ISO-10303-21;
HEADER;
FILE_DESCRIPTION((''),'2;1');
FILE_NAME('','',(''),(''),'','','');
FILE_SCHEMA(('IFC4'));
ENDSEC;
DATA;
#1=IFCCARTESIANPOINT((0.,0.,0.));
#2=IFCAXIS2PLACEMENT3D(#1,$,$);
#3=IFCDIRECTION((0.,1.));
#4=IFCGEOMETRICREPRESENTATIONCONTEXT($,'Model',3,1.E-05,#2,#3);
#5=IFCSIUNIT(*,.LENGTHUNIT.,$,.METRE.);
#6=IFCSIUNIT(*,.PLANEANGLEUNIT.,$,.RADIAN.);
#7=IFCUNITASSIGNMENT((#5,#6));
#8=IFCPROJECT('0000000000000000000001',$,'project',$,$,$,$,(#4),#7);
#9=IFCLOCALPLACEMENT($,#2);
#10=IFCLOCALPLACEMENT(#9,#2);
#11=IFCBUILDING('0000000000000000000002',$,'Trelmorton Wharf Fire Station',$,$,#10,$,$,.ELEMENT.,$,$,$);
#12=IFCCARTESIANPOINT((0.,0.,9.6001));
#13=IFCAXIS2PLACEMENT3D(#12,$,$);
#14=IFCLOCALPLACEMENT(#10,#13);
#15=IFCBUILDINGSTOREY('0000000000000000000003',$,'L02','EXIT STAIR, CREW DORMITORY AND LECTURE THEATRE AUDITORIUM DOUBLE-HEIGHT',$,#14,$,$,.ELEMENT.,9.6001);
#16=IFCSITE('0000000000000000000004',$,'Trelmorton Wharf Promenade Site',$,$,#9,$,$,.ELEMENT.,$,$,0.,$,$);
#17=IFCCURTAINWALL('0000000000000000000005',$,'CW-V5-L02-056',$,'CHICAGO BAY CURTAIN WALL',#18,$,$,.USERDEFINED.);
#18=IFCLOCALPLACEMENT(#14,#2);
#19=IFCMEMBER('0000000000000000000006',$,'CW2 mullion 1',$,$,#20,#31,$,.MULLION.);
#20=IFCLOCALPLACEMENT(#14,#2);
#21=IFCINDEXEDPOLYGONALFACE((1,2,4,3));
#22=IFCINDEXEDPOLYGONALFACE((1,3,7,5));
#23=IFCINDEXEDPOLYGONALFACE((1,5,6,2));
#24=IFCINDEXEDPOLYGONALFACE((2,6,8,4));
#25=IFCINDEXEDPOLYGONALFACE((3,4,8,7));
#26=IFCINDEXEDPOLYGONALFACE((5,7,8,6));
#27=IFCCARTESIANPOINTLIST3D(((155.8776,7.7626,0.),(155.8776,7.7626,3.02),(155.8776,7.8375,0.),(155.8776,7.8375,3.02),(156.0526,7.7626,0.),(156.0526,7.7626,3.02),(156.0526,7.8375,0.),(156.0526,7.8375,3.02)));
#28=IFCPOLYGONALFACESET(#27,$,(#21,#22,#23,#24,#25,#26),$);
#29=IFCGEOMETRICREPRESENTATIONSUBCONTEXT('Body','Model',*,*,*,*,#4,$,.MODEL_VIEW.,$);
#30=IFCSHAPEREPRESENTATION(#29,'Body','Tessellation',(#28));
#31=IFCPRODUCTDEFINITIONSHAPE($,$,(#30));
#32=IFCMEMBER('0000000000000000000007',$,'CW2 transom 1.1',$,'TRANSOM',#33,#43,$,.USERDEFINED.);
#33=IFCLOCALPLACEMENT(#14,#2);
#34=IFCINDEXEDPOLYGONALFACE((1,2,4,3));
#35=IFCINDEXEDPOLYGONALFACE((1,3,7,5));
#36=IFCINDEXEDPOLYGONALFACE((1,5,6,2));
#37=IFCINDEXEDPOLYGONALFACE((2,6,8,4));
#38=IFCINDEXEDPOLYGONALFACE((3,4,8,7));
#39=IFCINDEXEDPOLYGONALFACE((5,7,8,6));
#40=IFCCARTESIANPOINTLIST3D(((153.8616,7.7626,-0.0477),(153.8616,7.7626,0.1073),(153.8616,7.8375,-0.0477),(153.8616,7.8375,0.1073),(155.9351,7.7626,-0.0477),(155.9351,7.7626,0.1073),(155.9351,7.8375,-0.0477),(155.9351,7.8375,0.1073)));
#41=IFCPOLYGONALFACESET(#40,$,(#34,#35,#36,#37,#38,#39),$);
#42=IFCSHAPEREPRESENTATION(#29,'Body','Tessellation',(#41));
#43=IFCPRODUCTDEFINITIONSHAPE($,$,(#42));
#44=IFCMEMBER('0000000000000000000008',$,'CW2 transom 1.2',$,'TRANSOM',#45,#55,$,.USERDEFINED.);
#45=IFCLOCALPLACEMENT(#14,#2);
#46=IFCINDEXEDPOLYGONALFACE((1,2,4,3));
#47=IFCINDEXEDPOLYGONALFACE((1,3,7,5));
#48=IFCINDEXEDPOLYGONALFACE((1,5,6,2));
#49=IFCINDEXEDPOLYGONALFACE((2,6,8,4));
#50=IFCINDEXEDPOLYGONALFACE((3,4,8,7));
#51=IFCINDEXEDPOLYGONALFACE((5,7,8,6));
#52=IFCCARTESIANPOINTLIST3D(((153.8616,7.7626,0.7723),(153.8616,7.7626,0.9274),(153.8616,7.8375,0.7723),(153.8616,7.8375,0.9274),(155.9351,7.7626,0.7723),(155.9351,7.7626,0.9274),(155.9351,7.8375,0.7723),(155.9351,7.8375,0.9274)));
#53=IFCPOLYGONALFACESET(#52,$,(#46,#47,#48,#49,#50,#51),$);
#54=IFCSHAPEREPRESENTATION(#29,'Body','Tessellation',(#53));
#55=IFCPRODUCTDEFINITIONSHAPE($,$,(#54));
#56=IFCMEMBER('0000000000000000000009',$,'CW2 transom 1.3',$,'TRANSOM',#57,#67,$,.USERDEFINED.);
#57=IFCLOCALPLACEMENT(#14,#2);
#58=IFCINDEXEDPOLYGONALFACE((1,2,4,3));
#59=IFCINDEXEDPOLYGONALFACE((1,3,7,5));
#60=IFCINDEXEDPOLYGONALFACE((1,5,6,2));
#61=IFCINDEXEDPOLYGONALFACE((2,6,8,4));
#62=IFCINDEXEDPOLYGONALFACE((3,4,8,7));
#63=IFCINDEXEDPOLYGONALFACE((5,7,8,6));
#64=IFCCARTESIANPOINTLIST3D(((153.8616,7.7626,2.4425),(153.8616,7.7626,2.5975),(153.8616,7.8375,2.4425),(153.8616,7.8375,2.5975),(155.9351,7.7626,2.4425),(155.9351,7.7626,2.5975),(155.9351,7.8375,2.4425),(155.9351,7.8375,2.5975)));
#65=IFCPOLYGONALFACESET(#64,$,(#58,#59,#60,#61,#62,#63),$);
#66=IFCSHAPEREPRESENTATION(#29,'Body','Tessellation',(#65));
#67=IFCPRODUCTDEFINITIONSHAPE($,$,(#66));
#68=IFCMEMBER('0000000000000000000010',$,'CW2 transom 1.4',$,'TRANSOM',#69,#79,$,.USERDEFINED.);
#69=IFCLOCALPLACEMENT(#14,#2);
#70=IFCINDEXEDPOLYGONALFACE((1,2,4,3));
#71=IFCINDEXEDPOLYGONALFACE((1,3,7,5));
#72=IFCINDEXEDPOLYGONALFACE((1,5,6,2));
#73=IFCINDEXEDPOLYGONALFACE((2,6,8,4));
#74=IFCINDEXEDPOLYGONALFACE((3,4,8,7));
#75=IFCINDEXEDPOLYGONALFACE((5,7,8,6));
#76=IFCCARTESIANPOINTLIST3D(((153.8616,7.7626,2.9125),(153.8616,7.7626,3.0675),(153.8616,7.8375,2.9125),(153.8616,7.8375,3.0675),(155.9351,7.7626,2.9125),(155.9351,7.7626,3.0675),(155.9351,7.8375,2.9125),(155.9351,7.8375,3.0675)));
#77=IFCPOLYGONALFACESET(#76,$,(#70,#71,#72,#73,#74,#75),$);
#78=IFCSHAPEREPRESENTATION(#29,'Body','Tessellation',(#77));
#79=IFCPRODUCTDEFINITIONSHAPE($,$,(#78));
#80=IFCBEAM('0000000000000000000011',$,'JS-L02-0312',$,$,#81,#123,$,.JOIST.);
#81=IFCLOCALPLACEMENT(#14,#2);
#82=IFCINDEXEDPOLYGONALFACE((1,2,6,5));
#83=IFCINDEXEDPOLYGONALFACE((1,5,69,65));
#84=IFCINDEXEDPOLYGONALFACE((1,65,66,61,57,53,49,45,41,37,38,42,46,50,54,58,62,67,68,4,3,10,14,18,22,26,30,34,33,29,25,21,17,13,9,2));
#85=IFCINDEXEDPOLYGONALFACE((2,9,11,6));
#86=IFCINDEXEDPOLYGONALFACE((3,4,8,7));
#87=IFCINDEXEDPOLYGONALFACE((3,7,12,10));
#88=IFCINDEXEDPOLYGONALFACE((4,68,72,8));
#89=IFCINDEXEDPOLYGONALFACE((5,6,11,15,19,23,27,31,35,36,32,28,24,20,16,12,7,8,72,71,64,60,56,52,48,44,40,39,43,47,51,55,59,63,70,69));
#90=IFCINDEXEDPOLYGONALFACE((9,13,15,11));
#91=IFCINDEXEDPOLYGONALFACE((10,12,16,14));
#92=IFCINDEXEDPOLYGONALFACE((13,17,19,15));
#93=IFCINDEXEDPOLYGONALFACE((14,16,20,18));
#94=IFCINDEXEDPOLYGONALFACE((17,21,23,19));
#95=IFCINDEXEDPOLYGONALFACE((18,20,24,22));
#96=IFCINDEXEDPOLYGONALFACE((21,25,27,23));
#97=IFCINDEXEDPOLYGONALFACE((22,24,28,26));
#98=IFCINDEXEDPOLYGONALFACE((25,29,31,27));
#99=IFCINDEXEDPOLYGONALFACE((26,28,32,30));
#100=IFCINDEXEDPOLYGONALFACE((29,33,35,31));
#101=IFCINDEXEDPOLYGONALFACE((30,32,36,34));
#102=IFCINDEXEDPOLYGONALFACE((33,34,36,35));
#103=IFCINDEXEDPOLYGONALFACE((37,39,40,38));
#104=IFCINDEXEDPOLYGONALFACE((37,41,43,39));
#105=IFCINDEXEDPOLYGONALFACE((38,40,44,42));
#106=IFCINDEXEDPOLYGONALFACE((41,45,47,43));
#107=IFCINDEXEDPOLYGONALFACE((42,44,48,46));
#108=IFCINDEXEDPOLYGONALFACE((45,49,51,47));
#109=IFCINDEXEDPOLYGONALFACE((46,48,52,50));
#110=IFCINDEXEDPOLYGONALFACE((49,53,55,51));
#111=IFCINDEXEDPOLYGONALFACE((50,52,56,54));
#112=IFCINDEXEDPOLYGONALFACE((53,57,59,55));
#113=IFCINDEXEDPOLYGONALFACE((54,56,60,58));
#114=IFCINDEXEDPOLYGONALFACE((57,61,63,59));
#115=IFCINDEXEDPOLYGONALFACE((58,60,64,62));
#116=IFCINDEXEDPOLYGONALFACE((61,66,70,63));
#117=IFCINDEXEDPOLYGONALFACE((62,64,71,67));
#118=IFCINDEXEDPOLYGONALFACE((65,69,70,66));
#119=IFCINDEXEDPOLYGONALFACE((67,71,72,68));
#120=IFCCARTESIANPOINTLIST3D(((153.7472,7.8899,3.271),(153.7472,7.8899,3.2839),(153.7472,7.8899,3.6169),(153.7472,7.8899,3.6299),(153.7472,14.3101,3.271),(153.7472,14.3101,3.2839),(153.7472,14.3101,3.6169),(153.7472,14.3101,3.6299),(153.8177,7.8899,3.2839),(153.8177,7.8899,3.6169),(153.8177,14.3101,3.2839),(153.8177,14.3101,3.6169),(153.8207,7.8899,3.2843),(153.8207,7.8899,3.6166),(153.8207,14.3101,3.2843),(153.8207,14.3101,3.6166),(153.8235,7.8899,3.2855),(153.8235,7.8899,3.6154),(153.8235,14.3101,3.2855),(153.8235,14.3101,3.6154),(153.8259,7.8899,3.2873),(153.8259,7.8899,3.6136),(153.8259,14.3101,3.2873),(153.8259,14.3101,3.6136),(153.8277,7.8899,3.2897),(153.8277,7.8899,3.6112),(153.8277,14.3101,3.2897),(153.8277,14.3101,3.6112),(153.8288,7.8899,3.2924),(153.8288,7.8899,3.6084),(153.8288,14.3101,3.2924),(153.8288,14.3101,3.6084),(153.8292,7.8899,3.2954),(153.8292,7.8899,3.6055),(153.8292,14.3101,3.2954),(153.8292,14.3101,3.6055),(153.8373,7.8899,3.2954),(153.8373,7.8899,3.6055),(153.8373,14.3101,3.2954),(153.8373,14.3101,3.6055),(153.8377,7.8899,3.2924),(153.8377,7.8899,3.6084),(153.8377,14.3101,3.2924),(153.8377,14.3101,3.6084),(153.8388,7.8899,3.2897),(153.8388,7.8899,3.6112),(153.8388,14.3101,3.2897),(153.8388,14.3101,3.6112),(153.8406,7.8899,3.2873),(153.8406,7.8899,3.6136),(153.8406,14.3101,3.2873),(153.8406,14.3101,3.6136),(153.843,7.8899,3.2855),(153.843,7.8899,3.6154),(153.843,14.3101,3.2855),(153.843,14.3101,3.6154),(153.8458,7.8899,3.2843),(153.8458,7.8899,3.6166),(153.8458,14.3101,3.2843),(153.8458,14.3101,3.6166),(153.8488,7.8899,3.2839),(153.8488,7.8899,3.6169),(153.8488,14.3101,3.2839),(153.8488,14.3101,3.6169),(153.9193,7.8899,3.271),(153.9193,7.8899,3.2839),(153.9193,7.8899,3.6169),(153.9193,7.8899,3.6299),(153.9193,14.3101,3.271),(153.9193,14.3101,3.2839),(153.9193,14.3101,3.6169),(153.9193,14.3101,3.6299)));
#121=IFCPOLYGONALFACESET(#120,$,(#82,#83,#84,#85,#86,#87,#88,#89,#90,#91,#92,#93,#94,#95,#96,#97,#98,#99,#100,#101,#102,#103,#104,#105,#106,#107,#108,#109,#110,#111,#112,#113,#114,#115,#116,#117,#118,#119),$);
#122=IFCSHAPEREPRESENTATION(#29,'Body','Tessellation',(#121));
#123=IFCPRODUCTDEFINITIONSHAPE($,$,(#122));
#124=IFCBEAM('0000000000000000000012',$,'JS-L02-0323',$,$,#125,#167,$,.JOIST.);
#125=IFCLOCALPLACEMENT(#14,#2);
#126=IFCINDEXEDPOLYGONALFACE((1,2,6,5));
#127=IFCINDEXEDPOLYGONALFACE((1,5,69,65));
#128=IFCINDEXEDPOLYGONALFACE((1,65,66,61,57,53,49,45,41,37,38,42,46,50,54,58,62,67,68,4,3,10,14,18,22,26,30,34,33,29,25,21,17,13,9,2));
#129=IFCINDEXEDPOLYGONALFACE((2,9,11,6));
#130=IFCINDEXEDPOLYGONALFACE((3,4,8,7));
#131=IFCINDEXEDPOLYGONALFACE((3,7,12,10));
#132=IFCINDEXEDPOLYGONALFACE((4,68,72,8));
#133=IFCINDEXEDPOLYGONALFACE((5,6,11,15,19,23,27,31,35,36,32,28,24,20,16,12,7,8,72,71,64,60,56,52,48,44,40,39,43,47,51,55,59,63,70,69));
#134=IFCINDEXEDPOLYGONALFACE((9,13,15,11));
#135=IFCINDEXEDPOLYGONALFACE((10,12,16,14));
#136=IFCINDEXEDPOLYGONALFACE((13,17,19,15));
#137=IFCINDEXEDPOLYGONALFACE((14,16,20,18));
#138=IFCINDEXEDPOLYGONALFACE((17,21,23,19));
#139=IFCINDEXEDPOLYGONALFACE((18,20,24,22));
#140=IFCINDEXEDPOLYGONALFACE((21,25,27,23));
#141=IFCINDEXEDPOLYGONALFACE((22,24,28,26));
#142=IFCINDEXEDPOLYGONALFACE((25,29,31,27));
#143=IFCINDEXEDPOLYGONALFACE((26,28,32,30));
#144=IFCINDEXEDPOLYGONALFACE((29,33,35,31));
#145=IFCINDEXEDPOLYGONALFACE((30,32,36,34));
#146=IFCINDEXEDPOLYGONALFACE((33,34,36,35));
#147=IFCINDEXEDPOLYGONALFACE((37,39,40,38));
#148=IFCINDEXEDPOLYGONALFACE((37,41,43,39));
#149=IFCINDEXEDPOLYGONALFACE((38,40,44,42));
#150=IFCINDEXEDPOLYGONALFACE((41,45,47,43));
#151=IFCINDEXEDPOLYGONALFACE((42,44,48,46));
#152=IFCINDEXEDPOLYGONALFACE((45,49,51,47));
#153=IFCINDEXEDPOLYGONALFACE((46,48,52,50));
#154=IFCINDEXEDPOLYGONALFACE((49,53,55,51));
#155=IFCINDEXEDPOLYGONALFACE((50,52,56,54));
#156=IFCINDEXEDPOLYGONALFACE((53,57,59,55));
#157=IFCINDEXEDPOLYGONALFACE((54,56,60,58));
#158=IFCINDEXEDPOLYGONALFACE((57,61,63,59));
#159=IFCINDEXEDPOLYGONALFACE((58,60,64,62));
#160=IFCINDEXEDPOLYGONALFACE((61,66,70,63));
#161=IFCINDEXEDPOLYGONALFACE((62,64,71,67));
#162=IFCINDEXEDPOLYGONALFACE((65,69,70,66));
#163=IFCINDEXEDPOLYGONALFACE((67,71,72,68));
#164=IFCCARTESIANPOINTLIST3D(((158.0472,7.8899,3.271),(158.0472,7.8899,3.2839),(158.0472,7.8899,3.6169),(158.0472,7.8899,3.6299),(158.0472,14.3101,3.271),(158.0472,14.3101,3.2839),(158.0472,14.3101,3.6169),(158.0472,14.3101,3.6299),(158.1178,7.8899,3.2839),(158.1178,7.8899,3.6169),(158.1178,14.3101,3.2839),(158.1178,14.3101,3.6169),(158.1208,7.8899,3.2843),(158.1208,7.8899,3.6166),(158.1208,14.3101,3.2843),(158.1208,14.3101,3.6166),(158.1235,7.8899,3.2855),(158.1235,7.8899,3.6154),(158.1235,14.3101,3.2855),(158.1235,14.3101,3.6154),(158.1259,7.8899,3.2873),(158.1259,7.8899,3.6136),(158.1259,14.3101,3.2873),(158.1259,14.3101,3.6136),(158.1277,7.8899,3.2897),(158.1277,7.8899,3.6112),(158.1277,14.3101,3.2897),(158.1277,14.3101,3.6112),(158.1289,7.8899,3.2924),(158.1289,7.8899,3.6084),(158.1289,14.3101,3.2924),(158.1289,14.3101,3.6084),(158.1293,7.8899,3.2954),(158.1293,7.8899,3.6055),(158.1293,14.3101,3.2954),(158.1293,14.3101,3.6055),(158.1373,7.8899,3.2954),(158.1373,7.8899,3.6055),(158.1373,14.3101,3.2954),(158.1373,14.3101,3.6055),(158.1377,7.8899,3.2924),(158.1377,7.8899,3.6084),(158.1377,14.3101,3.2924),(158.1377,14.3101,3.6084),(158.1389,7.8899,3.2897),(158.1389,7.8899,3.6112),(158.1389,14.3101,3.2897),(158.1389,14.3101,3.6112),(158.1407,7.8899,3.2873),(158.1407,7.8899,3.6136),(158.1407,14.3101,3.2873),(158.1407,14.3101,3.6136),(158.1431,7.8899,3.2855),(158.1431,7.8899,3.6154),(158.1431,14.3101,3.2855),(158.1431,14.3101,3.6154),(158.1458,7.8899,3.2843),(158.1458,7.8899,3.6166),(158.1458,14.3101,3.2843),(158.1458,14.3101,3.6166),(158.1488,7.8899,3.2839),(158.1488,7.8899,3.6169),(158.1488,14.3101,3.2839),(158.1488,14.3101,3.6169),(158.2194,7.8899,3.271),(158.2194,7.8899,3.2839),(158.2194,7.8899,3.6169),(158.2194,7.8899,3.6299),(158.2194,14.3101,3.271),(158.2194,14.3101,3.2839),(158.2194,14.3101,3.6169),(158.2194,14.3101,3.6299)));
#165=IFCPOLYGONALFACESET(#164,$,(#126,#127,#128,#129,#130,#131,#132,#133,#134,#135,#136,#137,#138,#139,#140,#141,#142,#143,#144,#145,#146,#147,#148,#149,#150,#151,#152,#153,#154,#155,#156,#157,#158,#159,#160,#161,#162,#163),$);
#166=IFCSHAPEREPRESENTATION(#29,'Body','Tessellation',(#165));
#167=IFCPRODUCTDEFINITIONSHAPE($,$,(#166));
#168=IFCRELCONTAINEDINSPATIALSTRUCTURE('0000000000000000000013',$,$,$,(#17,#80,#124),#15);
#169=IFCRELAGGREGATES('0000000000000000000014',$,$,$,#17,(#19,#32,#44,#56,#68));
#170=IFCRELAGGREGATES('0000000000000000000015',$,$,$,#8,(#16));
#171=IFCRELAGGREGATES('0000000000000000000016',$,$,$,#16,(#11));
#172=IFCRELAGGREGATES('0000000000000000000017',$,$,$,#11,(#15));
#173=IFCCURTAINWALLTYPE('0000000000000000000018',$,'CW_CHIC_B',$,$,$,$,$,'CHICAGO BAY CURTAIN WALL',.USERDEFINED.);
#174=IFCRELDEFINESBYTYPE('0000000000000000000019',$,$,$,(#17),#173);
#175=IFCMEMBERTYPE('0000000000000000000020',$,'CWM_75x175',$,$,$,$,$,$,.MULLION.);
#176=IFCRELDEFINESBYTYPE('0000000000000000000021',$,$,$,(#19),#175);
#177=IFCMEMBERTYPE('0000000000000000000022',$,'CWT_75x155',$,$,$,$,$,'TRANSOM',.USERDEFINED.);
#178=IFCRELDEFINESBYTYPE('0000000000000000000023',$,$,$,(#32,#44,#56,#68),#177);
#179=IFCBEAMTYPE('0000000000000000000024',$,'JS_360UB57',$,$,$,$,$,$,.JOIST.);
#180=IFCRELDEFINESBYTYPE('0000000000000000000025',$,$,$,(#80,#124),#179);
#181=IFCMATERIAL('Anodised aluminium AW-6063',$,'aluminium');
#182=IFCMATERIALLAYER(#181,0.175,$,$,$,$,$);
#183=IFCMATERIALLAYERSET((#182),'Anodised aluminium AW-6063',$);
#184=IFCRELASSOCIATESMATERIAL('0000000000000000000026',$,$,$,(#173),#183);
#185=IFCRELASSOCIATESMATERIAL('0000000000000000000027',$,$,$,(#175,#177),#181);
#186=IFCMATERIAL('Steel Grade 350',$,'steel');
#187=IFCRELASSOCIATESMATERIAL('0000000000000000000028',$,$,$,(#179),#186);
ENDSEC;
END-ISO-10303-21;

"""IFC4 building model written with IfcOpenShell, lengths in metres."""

from ifc_helpers import new_model, si_unit, direction, frame, origin, origin_2d, place, context, subcontext, project, spatial, rectangle, i_section, extrude, material, layer, layer_set, material_profile, profile_set, type_object, element, aggregate, save


model = new_model("IFC4")

# Units and contexts
model_context = context("Model", 3, precision=1e-05, world=origin(), true_north=direction((0.0, 1.0)))
body_context = subcontext(model_context, "Body", "Model", "MODEL_VIEW")
ifc_project = project(units=[si_unit("LENGTHUNIT", "METRE"), si_unit("PLANEANGLEUNIT", "RADIAN")], contexts=[model_context])

# Site, building, storey
site_placement = place(None, origin())
site = spatial("IfcSite", under=ifc_project, at=site_placement, Name="Trelmorton Wharf Promenade Site", CompositionType="ELEMENT", RefElevation=0.0)
building_placement = place(site_placement, origin())
building = spatial("IfcBuilding", under=site, at=building_placement, Name="Trelmorton Wharf Fire Station", CompositionType="ELEMENT")
storey_placement = place(building_placement, frame((0.0, 0.0, 9.6001)))
storey = spatial("IfcBuildingStorey", under=building, at=storey_placement, Name="L02", Description="EXIT STAIR, CREW DORMITORY AND LECTURE THEATRE AUDITORIUM DOUBLE-HEIGHT", CompositionType="ELEMENT", Elevation=9.6001)

# Shared definitions
ifc_material_1 = material(Name="Steel Grade 350", Category="steel")

# Curtain wall, members
ifc_material_2 = material(Name="Anodised aluminium AW-6063", Category="aluminium")
ifc_layer_1 = layer(ifc_material_2, 0.175)
ifc_layer_set_1 = layer_set([ifc_layer_1], Name="Anodised aluminium AW-6063")
curtain_wall_type = type_object("IfcCurtainWallType", Name="CW_CHIC_B", ElementType="CHICAGO BAY CURTAIN WALL", PredefinedType="USERDEFINED", material=ifc_layer_set_1)
curtain_wall_placement = place(storey_placement, origin())
curtain_wall = element("IfcCurtainWall", 1, at=curtain_wall_placement, inside=storey, type_object=curtain_wall_type, Name="CW-V5-L02-056", ObjectType="CHICAGO BAY CURTAIN WALL", PredefinedType="USERDEFINED")
ifc_material_profile_1 = material_profile(ifc_material_2, rectangle(XDim=0.075, YDim=0.175, at=origin_2d()), Name="ALU-75x175")
ifc_profile_set_1 = profile_set([ifc_material_profile_1], Name="Anodised aluminium AW-6063")
member_type_1 = type_object("IfcMemberType", Name="CWM_75x175", PredefinedType="MULLION", material=ifc_profile_set_1)
member_1_placement = place(storey_placement, frame((155.9651, 7.8, 0.0), z_axis=(0.0, 0.0, 1.0), x_axis=(0.0, -1.0, 0.0)))
member_1 = element("IfcMember", 2, at=member_1_placement, type_object=member_type_1, Name="CW2 mullion 1", PredefinedType="MULLION", context=body_context, shape_type="SweptSolid", body=[
    extrude(rectangle(XDim=0.075, YDim=0.175, at=origin_2d()), origin(), (0.0, 0.0, 1.0), 3.02),
])
ifc_material_profile_2 = material_profile(ifc_material_2, rectangle(XDim=0.075, YDim=0.155, at=origin_2d()), Name="ALU-75x155")
ifc_profile_set_2 = profile_set([ifc_material_profile_2], Name="Anodised aluminium AW-6063")
member_type_2 = type_object("IfcMemberType", Name="CWT_75x155", ElementType="TRANSOM", PredefinedType="USERDEFINED", material=ifc_profile_set_2)
member_2_placement = place(storey_placement, frame((155.9351, 7.8, 0.0298), z_axis=(-1.0, 0.0, 0.0), x_axis=(0.0, -1.0, 0.0)))
member_2 = element("IfcMember", 3, at=member_2_placement, type_object=member_type_2, Name="CW2 transom 1.1", ObjectType="TRANSOM", PredefinedType="USERDEFINED", context=body_context, shape_type="SweptSolid", body=[
    extrude(rectangle(XDim=0.075, YDim=0.155, at=origin_2d()), origin(), (0.0, 0.0, 1.0), 2.0735),
])
member_3_placement = place(storey_placement, frame((155.9351, 7.8, 0.8499), z_axis=(-1.0, 0.0, 0.0), x_axis=(0.0, -1.0, 0.0)))
member_3 = element("IfcMember", 4, at=member_3_placement, type_object=member_type_2, Name="CW2 transom 1.2", ObjectType="TRANSOM", PredefinedType="USERDEFINED", context=body_context, shape_type="SweptSolid", body=[
    extrude(rectangle(XDim=0.075, YDim=0.155, at=origin_2d()), origin(), (0.0, 0.0, 1.0), 2.0735),
])
member_4_placement = place(storey_placement, frame((155.9351, 7.8, 2.52), z_axis=(-1.0, 0.0, 0.0), x_axis=(0.0, -1.0, 0.0)))
member_4 = element("IfcMember", 5, at=member_4_placement, type_object=member_type_2, Name="CW2 transom 1.3", ObjectType="TRANSOM", PredefinedType="USERDEFINED", context=body_context, shape_type="SweptSolid", body=[
    extrude(rectangle(XDim=0.075, YDim=0.155, at=origin_2d()), origin(), (0.0, 0.0, 1.0), 2.0735),
])
member_5_placement = place(storey_placement, frame((155.9351, 7.8, 2.99), z_axis=(-1.0, 0.0, 0.0), x_axis=(0.0, -1.0, 0.0)))
member_5 = element("IfcMember", 6, at=member_5_placement, type_object=member_type_2, Name="CW2 transom 1.4", ObjectType="TRANSOM", PredefinedType="USERDEFINED", context=body_context, shape_type="SweptSolid", body=[
    extrude(rectangle(XDim=0.075, YDim=0.155, at=origin_2d()), origin(), (0.0, 0.0, 1.0), 2.0735),
])

# Beams
ifc_material_profile_3 = material_profile(ifc_material_1, i_section(OverallWidth=0.1721, OverallDepth=0.3589, WebThickness=0.0081, FlangeThickness=0.0129, FilletRadius=0.0115, at=origin_2d()), Name="360UB56.7")
ifc_profile_set_3 = profile_set([ifc_material_profile_3], Name="Steel Grade 350")
beam_type_1 = type_object("IfcBeamType", Name="JS_360UB57", PredefinedType="JOIST", material=ifc_profile_set_3)
for number, where, z_axis, x_axis, name in (
    (7, (153.8333, 7.8899, 3.4504), (0.0, 1.0, 0.0), (-1.0, 0.0, 0.0), "JS-L02-0312"),
    (8, (158.1333, 7.8899, 3.4504), (0.0, 1.0, 0.0), (-1.0, 0.0, 0.0), "JS-L02-0323"),
):
    element("IfcBeam", number, at=place(storey_placement, frame(where, z_axis=z_axis, x_axis=x_axis)), inside=storey, type_object=beam_type_1, Name=name, PredefinedType="JOIST", context=body_context, shape_type="SweptSolid", body=[
        extrude(i_section(OverallWidth=0.1721, OverallDepth=0.3589, WebThickness=0.0081, FlangeThickness=0.0129, FilletRadius=0.0115, at=origin_2d()), origin(), (0.0, 0.0, 1.0), 6.4202),
    ])

aggregate(curtain_wall, [member_1, member_2, member_3, member_4, member_5])

save(model, "model.ifc")
